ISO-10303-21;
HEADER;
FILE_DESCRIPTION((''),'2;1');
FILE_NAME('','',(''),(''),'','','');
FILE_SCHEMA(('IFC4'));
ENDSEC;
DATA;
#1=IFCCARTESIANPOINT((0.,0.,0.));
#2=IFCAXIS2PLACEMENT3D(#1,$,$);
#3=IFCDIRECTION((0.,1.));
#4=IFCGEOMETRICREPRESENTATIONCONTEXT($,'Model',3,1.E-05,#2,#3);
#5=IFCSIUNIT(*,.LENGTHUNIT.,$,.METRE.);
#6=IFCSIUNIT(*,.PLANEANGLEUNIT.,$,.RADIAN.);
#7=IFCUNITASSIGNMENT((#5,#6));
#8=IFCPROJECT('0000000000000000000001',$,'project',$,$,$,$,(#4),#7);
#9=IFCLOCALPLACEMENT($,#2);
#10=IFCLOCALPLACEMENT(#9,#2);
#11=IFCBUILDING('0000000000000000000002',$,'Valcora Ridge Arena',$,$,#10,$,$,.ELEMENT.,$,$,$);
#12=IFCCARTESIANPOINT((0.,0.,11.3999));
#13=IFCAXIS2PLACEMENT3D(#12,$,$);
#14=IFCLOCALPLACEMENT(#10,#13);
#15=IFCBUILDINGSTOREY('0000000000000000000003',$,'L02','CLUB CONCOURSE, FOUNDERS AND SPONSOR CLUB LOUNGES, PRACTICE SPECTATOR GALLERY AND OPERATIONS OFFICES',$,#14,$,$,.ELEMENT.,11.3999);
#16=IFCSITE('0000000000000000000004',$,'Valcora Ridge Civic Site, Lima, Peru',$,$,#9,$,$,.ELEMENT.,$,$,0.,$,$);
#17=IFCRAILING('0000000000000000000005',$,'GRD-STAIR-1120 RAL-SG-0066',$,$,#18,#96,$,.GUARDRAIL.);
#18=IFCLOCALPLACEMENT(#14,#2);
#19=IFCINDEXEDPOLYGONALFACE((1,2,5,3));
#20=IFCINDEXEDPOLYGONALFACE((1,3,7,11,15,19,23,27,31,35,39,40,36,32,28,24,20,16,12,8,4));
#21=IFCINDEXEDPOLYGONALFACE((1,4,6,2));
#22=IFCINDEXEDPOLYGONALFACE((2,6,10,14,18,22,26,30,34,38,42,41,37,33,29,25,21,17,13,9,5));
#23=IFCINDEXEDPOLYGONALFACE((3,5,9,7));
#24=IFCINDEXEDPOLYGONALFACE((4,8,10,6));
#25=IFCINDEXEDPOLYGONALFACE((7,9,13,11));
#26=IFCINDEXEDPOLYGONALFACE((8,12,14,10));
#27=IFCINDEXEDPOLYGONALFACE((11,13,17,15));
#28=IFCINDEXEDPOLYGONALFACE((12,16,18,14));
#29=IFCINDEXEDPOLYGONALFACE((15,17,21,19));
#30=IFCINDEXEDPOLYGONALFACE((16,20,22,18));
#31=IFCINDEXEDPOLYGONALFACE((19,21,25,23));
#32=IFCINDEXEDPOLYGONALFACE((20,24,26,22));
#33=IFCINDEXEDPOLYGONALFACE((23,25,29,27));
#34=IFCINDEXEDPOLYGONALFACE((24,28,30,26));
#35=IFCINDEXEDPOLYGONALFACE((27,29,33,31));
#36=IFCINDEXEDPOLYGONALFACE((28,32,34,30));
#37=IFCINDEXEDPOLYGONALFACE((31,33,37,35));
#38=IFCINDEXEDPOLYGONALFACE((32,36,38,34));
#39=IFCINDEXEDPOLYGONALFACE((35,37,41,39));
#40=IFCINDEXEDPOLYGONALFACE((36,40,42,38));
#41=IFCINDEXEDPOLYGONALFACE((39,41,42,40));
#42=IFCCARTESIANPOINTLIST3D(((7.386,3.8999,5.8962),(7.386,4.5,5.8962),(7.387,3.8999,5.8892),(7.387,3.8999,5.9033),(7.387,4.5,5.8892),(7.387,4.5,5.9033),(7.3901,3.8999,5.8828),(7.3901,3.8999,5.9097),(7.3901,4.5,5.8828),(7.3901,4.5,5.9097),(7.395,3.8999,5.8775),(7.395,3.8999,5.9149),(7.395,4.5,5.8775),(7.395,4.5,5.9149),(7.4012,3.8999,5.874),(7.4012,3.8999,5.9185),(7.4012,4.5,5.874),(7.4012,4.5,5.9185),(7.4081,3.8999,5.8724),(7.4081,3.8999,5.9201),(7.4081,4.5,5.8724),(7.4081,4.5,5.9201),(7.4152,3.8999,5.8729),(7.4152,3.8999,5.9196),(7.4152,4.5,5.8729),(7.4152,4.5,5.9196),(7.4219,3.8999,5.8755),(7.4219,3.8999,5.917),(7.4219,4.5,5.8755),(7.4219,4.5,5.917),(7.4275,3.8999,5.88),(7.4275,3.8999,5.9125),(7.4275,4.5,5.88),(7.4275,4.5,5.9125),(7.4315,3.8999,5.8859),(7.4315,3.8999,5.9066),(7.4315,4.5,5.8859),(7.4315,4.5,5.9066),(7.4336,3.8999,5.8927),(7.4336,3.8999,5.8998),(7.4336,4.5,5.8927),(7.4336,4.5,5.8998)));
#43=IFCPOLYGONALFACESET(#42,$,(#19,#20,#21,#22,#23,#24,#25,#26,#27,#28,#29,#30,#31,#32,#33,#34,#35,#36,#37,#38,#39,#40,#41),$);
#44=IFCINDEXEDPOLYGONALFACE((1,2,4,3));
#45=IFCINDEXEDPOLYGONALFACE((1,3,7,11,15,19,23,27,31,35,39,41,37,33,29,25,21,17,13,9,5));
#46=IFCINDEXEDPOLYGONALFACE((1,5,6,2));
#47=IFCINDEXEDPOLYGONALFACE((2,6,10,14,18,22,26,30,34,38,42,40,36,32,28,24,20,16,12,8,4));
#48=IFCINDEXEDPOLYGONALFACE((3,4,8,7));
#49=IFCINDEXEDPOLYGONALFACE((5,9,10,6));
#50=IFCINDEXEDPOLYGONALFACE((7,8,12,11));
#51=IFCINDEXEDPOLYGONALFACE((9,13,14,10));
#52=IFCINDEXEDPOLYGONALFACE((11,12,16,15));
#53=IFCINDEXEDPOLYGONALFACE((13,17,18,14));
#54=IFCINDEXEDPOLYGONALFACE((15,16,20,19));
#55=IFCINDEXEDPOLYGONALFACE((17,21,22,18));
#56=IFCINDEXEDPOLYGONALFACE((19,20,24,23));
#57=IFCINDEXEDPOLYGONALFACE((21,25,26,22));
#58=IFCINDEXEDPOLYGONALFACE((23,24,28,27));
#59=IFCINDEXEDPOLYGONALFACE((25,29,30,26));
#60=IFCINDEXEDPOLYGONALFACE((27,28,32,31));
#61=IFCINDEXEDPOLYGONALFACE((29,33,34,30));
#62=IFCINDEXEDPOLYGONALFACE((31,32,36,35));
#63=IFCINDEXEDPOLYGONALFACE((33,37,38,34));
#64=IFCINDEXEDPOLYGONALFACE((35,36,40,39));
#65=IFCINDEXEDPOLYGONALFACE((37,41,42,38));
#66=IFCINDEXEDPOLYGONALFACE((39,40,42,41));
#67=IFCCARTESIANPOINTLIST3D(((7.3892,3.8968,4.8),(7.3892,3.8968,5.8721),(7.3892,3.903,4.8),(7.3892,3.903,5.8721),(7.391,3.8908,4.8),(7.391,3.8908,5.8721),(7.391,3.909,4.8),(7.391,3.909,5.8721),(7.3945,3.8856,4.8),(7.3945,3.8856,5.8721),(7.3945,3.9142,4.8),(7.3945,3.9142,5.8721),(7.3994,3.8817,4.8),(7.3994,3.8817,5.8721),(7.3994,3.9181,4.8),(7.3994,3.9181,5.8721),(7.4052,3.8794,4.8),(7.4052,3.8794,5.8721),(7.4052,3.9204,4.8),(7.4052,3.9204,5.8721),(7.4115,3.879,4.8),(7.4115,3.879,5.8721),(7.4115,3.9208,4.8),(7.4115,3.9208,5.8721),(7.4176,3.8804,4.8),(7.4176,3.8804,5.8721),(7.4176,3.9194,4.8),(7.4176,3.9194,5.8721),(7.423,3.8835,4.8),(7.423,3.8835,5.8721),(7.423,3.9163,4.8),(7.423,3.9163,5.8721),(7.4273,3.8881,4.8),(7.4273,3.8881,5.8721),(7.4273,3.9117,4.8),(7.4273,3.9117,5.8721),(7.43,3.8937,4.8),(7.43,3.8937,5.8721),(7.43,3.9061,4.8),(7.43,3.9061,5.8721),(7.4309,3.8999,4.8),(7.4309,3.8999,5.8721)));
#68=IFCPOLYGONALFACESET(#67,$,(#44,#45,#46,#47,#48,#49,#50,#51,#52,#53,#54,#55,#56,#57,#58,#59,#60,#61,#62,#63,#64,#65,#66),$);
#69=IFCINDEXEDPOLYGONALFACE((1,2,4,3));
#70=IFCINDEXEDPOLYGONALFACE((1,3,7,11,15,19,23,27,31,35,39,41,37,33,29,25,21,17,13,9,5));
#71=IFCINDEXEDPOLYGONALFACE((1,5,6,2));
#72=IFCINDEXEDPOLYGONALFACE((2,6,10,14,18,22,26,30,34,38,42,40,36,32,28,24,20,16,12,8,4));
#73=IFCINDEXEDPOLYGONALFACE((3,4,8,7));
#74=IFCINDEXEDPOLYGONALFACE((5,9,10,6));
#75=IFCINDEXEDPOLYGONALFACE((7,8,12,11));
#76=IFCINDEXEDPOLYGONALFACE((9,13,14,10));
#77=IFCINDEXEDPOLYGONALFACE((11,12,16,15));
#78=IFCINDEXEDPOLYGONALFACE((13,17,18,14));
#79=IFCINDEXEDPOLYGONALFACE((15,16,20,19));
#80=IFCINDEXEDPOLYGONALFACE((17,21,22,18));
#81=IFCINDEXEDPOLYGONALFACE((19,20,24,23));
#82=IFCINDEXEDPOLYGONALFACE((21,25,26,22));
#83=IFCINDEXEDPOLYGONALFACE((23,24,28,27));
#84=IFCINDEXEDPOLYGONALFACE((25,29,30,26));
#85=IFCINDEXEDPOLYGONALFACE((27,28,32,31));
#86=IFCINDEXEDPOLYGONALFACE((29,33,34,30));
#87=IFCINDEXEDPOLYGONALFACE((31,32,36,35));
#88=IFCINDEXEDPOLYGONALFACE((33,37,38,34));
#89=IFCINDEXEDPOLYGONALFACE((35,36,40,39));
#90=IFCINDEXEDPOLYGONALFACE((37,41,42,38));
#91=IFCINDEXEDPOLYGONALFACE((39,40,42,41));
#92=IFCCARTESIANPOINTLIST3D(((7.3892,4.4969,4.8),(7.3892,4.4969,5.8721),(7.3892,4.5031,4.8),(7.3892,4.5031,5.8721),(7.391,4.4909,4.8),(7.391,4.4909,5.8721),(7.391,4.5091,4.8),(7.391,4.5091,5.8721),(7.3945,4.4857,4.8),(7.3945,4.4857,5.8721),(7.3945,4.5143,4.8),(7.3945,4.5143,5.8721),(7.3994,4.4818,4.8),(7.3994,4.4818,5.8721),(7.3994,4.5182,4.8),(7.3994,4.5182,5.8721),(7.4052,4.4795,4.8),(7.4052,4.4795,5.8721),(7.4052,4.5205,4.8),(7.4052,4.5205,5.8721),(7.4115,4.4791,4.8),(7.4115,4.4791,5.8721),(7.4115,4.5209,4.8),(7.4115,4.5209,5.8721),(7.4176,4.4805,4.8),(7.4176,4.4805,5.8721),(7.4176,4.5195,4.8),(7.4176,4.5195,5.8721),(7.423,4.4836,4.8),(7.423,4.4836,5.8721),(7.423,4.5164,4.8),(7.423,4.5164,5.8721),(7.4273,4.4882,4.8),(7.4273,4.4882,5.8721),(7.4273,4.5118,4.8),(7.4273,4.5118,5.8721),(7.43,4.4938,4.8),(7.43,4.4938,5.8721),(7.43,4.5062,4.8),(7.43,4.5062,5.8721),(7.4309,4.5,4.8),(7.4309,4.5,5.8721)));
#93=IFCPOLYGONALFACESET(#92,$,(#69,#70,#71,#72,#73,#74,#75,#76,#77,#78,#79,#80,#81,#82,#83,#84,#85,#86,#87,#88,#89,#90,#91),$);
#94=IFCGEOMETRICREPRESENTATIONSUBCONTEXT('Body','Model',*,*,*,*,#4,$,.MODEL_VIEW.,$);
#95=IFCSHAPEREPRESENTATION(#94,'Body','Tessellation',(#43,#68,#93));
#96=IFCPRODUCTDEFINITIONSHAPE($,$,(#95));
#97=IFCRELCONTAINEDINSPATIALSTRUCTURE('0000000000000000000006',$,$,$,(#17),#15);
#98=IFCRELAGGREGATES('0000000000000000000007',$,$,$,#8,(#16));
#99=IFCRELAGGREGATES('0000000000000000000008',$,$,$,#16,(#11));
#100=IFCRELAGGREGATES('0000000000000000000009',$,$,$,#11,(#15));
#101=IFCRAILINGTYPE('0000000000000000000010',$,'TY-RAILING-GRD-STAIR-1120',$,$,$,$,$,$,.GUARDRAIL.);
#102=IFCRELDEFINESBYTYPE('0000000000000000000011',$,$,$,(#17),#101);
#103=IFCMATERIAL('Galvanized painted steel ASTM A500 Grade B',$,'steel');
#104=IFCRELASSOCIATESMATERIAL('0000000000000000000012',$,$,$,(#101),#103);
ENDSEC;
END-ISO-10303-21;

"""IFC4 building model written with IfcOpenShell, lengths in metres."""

from ifc_helpers import new_model, si_unit, direction, frame, origin, origin_2d, place, context, subcontext, project, spatial, circle, extrude, material, type_object, element, save


model = new_model("IFC4")

# Units and contexts
model_context = context("Model", 3, precision=1e-05, world=origin(), true_north=direction((0.0, 1.0)))
body_context = subcontext(model_context, "Body", "Model", "MODEL_VIEW")
ifc_project = project(units=[si_unit("LENGTHUNIT", "METRE"), si_unit("PLANEANGLEUNIT", "RADIAN")], contexts=[model_context])

# Site, building, storey
site_placement = place(None, origin())
site = spatial("IfcSite", under=ifc_project, at=site_placement, Name="Valcora Ridge Civic Site, Lima, Peru", CompositionType="ELEMENT", RefElevation=0.0)
building_placement = place(site_placement, origin())
building = spatial("IfcBuilding", under=site, at=building_placement, Name="Valcora Ridge Arena", CompositionType="ELEMENT")
storey_placement = place(building_placement, frame((0.0, 0.0, 11.3999)))
storey = spatial("IfcBuildingStorey", under=building, at=storey_placement, Name="L02", Description="CLUB CONCOURSE, FOUNDERS AND SPONSOR CLUB LOUNGES, PRACTICE SPECTATOR GALLERY AND OPERATIONS OFFICES", CompositionType="ELEMENT", Elevation=11.3999)

# Railing
ifc_material_1 = material(Name="Galvanized painted steel ASTM A500 Grade B", Category="steel")
railing_type_1 = type_object("IfcRailingType", Name="TY-RAILING-GRD-STAIR-1120", PredefinedType="GUARDRAIL", material=ifc_material_1)
railing_1_placement = place(storey_placement, frame((7.4099, 3.8999, 4.8)))
element("IfcRailing", 1, at=railing_1_placement, inside=storey, type_object=railing_type_1, Name="GRD-STAIR-1120 RAL-SG-0066", PredefinedType="GUARDRAIL", context=body_context, shape_type="SweptSolid", body=[
    extrude(circle(Radius=0.0239, at=origin_2d()), frame((0.0, 0.0, 1.0962), z_axis=(0.0, 1.0, 0.0), x_axis=(-1.0, 0.0, 0.0)), (0.0, 0.0, 1.0), 0.6001),
    extrude(circle(Radius=0.021, at=origin_2d()), origin(), (0.0, 0.0, 1.0), 1.072),
    extrude(circle(Radius=0.021, at=origin_2d()), frame((0.0, 0.6001, 0.0)), (0.0, 0.0, 1.0), 1.072),
])

save(model, "model.ifc")
